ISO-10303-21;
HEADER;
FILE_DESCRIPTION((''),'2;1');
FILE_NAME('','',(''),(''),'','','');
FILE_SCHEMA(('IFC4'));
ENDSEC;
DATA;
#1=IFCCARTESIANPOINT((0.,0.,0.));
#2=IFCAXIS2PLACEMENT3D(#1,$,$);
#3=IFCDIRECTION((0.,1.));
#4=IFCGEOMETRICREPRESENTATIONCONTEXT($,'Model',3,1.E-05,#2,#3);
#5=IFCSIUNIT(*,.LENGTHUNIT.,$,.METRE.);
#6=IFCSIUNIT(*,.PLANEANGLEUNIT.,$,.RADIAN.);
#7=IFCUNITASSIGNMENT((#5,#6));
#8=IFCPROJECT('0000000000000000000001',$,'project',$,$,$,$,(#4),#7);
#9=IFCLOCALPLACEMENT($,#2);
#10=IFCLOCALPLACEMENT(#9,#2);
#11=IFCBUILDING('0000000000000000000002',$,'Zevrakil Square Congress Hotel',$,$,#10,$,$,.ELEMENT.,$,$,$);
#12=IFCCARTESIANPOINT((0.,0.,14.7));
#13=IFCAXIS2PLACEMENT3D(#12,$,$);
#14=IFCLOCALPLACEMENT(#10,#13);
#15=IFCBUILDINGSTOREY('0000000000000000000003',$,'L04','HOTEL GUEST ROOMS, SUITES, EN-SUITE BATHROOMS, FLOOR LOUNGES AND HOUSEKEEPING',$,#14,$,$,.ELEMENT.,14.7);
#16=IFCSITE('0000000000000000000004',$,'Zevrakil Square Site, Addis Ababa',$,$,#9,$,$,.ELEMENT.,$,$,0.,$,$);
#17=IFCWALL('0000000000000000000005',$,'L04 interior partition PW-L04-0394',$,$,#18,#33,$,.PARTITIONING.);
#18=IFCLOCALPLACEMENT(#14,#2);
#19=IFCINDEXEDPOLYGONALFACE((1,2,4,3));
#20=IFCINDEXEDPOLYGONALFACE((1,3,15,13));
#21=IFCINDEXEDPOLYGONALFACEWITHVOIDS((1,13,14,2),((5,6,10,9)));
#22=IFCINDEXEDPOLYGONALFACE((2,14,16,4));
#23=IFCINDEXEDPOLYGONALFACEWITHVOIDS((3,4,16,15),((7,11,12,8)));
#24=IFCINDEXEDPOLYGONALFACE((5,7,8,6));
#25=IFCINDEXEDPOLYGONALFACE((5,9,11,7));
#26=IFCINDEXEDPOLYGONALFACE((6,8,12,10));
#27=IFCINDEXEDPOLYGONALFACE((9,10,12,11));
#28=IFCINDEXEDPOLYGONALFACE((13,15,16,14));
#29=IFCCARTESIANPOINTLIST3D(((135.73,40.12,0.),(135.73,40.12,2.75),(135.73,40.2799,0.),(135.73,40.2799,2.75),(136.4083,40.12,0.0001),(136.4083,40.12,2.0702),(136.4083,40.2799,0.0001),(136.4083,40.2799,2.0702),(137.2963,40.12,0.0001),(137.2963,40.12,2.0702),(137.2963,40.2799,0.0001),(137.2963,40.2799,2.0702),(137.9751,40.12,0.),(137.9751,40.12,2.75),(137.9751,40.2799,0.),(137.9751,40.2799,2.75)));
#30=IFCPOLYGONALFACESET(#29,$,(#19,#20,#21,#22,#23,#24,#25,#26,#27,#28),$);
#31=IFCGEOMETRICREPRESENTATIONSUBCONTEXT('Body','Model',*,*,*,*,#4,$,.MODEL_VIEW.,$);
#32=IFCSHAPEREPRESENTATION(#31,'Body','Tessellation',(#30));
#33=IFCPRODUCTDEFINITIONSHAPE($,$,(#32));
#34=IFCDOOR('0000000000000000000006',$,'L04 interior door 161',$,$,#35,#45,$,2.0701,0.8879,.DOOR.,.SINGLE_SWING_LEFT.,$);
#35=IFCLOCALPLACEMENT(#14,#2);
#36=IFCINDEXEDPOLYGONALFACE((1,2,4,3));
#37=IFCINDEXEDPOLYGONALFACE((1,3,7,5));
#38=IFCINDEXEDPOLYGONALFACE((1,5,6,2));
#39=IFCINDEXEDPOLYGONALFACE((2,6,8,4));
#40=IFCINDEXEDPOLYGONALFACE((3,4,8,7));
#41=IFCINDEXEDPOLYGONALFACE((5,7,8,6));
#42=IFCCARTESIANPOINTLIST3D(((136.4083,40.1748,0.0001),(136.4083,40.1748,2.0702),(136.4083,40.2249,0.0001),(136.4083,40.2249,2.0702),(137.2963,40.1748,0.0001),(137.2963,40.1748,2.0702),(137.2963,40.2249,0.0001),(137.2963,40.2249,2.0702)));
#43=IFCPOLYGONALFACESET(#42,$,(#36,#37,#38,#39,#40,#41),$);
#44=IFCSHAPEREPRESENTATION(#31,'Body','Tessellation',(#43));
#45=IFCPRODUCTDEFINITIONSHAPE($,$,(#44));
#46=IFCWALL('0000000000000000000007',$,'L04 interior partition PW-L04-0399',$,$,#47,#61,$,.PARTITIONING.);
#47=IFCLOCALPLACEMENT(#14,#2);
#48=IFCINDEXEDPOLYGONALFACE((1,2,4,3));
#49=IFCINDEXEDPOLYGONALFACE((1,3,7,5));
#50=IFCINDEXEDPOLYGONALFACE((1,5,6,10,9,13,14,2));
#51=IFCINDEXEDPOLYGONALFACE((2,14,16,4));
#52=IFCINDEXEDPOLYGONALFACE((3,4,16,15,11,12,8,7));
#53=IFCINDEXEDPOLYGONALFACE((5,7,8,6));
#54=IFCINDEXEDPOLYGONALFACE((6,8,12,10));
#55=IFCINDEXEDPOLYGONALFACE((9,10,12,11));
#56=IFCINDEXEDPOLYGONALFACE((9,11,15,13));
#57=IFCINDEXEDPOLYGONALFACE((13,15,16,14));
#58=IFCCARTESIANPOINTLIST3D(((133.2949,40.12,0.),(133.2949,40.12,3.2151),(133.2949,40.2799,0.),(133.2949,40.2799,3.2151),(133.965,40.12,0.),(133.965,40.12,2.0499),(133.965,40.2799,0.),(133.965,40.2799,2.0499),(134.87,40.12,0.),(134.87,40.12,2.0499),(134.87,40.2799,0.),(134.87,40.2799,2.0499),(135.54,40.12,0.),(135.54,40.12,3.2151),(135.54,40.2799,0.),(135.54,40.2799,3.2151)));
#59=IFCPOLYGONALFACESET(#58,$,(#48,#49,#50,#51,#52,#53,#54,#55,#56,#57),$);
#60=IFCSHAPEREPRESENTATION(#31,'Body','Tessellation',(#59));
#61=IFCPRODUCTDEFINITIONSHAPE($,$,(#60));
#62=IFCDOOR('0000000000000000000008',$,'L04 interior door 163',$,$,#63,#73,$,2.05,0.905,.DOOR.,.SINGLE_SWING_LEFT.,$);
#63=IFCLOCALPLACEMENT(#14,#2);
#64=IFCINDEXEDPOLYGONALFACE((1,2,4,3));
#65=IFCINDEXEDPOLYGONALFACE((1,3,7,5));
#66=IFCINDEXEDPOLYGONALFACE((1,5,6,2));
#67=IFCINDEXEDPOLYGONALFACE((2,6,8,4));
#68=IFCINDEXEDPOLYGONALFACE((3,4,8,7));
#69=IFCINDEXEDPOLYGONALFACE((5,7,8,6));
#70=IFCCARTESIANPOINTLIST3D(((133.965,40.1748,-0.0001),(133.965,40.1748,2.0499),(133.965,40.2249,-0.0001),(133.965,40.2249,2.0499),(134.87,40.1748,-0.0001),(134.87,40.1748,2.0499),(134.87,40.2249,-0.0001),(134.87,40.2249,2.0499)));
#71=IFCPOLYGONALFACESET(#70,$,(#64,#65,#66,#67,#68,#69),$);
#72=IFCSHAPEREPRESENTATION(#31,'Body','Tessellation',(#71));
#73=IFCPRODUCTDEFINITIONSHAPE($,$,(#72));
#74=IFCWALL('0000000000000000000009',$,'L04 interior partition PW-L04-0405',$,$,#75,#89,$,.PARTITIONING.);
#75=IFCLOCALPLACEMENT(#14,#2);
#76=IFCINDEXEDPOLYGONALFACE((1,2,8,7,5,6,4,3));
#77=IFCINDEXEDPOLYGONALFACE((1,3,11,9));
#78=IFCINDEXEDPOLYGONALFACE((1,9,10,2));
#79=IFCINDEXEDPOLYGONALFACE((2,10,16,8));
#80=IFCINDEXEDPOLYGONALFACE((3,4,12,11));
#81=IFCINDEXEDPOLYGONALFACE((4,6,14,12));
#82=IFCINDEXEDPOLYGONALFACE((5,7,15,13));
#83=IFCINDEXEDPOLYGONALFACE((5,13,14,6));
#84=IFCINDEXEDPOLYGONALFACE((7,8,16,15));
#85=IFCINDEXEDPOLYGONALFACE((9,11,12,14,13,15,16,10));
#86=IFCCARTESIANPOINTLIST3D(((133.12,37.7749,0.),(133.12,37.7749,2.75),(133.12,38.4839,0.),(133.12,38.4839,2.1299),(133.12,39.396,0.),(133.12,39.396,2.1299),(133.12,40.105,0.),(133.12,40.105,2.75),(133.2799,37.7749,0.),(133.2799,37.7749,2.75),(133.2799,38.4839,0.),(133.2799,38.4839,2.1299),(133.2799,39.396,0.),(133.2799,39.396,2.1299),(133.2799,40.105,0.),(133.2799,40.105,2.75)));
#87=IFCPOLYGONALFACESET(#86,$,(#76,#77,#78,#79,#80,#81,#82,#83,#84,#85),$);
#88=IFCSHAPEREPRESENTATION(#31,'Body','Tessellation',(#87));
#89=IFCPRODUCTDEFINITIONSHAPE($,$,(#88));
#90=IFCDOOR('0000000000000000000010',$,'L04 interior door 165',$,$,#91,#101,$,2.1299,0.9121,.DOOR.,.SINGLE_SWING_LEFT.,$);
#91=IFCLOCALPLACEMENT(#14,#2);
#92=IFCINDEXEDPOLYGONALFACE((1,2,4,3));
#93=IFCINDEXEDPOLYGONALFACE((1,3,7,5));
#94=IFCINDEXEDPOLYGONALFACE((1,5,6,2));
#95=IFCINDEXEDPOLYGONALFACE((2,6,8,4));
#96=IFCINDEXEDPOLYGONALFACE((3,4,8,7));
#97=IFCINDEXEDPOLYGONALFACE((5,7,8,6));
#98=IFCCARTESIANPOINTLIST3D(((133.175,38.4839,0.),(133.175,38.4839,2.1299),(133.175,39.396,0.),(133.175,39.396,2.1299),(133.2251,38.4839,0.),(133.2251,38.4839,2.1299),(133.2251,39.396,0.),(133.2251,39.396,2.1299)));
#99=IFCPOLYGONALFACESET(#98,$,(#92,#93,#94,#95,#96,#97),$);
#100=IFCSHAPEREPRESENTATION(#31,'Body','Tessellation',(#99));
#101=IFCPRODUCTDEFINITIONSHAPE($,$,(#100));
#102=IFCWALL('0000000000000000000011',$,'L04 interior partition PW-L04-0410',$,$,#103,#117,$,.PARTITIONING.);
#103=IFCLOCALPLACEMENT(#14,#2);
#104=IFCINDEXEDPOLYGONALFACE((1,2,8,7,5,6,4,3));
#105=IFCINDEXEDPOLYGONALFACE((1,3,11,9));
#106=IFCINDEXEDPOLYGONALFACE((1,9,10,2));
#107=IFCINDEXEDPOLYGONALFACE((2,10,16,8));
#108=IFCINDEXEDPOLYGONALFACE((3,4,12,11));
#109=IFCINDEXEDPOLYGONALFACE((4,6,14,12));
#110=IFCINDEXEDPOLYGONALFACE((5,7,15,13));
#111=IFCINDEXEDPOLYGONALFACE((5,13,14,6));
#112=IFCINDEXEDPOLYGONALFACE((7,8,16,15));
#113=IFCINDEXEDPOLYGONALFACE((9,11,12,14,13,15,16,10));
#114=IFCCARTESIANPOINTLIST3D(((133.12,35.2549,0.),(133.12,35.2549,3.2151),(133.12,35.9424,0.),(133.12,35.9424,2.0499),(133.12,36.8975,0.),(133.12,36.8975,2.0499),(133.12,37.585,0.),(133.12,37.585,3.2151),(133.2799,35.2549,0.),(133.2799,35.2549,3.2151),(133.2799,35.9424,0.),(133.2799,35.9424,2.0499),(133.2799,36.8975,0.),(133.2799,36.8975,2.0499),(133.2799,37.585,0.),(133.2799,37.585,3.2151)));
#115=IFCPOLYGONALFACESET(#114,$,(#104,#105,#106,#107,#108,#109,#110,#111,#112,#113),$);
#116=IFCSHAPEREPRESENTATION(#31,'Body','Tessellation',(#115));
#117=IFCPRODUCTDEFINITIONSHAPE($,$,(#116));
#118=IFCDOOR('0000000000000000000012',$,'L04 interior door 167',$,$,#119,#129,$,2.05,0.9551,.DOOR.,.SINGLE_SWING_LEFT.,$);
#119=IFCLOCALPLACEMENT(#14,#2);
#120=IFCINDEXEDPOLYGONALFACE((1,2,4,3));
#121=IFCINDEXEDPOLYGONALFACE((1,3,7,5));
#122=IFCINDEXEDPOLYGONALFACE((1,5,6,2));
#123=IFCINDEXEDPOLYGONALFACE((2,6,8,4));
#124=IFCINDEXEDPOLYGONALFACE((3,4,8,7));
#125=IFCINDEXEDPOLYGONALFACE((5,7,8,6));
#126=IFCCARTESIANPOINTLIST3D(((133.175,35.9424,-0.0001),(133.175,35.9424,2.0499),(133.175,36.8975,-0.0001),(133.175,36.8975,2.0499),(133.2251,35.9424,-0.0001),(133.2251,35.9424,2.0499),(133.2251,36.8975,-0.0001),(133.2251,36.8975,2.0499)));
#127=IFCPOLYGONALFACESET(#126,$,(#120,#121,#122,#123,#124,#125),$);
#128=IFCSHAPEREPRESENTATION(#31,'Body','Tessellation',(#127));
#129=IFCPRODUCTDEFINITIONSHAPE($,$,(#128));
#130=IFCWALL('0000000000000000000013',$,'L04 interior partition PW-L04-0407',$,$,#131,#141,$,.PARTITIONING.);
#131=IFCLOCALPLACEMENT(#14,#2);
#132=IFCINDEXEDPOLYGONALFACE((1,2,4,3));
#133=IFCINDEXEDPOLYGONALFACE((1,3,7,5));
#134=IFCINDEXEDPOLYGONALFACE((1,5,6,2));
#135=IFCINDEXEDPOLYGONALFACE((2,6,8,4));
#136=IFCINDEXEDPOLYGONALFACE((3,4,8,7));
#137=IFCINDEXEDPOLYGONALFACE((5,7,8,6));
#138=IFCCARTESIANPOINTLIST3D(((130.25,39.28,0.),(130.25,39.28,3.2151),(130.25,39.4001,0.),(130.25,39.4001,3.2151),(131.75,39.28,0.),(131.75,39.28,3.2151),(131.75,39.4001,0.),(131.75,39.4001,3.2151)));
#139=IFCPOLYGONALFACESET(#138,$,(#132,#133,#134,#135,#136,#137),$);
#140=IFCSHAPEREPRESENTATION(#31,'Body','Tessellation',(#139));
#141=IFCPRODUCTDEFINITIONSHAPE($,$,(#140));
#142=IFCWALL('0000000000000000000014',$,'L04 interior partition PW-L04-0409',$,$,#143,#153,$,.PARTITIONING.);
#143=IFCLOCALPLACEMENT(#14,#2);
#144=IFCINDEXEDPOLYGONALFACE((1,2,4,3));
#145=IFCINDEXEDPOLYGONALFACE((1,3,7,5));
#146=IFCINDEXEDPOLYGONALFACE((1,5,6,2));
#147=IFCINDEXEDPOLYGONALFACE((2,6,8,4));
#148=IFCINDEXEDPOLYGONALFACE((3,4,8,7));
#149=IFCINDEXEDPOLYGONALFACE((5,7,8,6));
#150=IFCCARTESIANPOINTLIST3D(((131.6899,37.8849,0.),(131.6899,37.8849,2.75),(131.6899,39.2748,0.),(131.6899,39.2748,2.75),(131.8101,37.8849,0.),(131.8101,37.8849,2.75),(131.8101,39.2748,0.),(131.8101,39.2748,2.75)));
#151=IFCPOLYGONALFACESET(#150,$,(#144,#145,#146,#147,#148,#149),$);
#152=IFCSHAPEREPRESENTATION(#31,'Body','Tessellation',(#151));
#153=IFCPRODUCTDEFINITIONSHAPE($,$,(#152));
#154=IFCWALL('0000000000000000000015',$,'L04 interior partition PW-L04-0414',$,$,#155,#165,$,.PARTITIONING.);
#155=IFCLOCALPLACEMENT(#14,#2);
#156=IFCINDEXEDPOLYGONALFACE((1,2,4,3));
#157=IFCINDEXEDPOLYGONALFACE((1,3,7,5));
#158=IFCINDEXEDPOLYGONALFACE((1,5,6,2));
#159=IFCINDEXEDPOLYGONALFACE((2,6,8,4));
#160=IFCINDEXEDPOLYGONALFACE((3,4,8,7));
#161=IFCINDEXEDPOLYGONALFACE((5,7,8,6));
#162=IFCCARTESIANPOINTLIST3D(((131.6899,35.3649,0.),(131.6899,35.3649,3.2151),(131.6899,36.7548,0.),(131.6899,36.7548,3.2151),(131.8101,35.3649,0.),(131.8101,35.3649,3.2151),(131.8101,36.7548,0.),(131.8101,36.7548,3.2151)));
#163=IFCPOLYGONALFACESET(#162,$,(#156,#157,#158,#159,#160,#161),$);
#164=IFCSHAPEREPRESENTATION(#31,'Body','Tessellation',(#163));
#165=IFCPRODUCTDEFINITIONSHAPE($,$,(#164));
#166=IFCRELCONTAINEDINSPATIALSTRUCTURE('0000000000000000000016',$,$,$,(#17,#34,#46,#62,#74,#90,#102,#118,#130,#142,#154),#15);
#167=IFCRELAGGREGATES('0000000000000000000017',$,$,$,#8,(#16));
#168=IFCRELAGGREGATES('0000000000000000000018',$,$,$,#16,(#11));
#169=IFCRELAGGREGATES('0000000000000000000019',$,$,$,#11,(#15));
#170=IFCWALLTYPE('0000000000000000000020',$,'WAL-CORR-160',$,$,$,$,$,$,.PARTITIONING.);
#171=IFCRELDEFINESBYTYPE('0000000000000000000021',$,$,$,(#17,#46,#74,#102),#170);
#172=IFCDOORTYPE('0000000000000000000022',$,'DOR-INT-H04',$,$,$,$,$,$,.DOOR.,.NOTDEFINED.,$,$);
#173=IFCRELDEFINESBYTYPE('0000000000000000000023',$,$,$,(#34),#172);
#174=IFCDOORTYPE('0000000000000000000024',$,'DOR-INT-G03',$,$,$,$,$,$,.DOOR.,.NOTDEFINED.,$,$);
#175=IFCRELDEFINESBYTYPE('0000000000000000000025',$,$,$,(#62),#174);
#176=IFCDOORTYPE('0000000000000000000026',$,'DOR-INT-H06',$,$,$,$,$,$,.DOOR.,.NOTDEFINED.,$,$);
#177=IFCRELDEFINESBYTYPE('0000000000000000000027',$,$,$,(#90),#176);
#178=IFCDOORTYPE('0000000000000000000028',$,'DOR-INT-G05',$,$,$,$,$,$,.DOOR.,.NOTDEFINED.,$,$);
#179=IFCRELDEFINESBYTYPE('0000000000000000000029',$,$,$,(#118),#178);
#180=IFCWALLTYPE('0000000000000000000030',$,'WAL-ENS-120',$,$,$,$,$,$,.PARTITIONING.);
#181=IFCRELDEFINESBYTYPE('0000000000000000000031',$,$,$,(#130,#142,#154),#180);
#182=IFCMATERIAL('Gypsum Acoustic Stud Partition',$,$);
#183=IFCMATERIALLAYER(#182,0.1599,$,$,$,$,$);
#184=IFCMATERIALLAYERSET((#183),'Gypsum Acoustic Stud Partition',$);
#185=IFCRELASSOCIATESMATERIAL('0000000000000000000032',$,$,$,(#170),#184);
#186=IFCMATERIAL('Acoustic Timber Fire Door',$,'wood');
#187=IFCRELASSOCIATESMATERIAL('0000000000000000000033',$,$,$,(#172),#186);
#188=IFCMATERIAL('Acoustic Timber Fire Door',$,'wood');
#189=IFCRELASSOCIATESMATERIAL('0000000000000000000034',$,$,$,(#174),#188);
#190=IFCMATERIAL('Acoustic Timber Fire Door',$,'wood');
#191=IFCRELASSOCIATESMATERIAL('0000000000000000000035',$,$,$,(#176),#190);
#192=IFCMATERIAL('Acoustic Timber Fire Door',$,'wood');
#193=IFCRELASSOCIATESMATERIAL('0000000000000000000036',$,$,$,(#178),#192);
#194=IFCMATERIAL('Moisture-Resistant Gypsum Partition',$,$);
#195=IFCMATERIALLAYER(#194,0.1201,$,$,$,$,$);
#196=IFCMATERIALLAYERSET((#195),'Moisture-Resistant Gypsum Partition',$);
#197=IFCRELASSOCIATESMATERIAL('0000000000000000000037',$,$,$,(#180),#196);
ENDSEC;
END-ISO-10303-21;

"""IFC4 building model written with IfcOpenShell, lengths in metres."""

from ifc_helpers import new_model, si_unit, direction, frame, frame_2d, origin, place, context, subcontext, project, spatial, rectangle, extrude, material, layer, layer_set, type_object, element, fill, save


model = new_model("IFC4")

# Units and contexts
model_context = context("Model", 3, precision=1e-05, world=origin(), true_north=direction((0.0, 1.0)))
body_context = subcontext(model_context, "Body", "Model", "MODEL_VIEW")
ifc_project = project(units=[si_unit("LENGTHUNIT", "METRE"), si_unit("PLANEANGLEUNIT", "RADIAN")], contexts=[model_context])

# Site, building, storey
site_placement = place(None, origin())
site = spatial("IfcSite", under=ifc_project, at=site_placement, Name="Zevrakil Square Site, Addis Ababa", CompositionType="ELEMENT", RefElevation=0.0)
building_placement = place(site_placement, origin())
building = spatial("IfcBuilding", under=site, at=building_placement, Name="Zevrakil Square Congress Hotel", CompositionType="ELEMENT")
storey_placement = place(building_placement, frame((0.0, 0.0, 14.7)))
storey = spatial("IfcBuildingStorey", under=building, at=storey_placement, Name="L04", Description="HOTEL GUEST ROOMS, SUITES, EN-SUITE BATHROOMS, FLOOR LOUNGES AND HOUSEKEEPING", CompositionType="ELEMENT", Elevation=14.7)

# Shared definitions
ifc_material_1 = material(Name="Gypsum Acoustic Stud Partition")
ifc_layer_1 = layer(ifc_material_1, 0.1599)
ifc_layer_set_1 = layer_set([ifc_layer_1], Name="Gypsum Acoustic Stud Partition")
wall_type_1 = type_object("IfcWallType", Name="WAL-CORR-160", PredefinedType="PARTITIONING", material=ifc_layer_set_1)

# Walls, openings, doors
wall_1_placement = place(storey_placement, frame((135.73, 40.2, 0.0), z_axis=(0.0, 0.0, 1.0), x_axis=(1.0, 0.0, 0.0)))
wall_1 = element("IfcWall", 1, at=wall_1_placement, inside=storey, type_object=wall_type_1, Name="L04 interior partition PW-L04-0394", PredefinedType="PARTITIONING", context=body_context, shape_type="SweptSolid", body=[
    extrude(rectangle(XDim=2.2451, YDim=0.1599, at=frame_2d((1.1226, 0.0))), origin(), (0.0, 0.0, 1.0), 2.75),
])
opening_1_placement = place(wall_1_placement, frame((0.6785, 0.0, 0.0)))
opening_1 = element("IfcOpeningElement", 2, at=opening_1_placement, cuts=wall_1, PredefinedType="OPENING", context=body_context, shape_type="SweptSolid", body=[
    extrude(rectangle(XDim=0.8879, YDim=2.0701, at=frame_2d((0.4438, 1.0352))), frame((0.0, 0.0898, 0.0), z_axis=(0.0, -1.0, 0.0), x_axis=(1.0, 0.0, 0.0)), (0.0, 0.0, 1.0), 0.1799),
])
ifc_material_2 = material(Name="Acoustic Timber Fire Door", Category="wood")
door_type_1 = type_object("IfcDoorType", Name="DOR-INT-H04", OperationType="NOTDEFINED", PredefinedType="DOOR", material=ifc_material_2)
door_1_placement = place(opening_1_placement, origin())
door_1 = element("IfcDoor", 3, at=door_1_placement, inside=storey, type_object=door_type_1, Name="L04 interior door 161", OperationType="SINGLE_SWING_LEFT", OverallHeight=2.0701, OverallWidth=0.8879, PredefinedType="DOOR", context=body_context, shape_type="SweptSolid", body=[
    extrude(rectangle(XDim=0.8879, YDim=2.0701, at=frame_2d((0.4438, 1.0352))), frame((0.0, 0.0249, 0.0), z_axis=(0.0, -1.0, 0.0), x_axis=(1.0, 0.0, 0.0)), (0.0, 0.0, 1.0), 0.05),
])
fill(opening_1, door_1)
wall_2_placement = place(storey_placement, frame((133.2949, 40.2, 0.0), z_axis=(0.0, 0.0, 1.0), x_axis=(1.0, 0.0, 0.0)))
wall_2 = element("IfcWall", 4, at=wall_2_placement, inside=storey, type_object=wall_type_1, Name="L04 interior partition PW-L04-0399", PredefinedType="PARTITIONING", context=body_context, shape_type="SweptSolid", body=[
    extrude(rectangle(XDim=2.2451, YDim=0.1599, at=frame_2d((1.1226, 0.0))), origin(), (0.0, 0.0, 1.0), 3.2151),
])
opening_2_placement = place(wall_2_placement, frame((0.6699, 0.0, 0.0)))
opening_2 = element("IfcOpeningElement", 5, at=opening_2_placement, cuts=wall_2, PredefinedType="OPENING", context=body_context, shape_type="SweptSolid", body=[
    extrude(rectangle(XDim=0.905, YDim=2.05, at=frame_2d((0.4526, 1.0249))), frame((0.0, 0.0898, 0.0), z_axis=(0.0, -1.0, 0.0), x_axis=(1.0, 0.0, 0.0)), (0.0, 0.0, 1.0), 0.1799),
])
ifc_material_3 = material(Name="Acoustic Timber Fire Door", Category="wood")
door_type_2 = type_object("IfcDoorType", Name="DOR-INT-G03", OperationType="NOTDEFINED", PredefinedType="DOOR", material=ifc_material_3)
door_2_placement = place(opening_2_placement, origin())
door_2 = element("IfcDoor", 6, at=door_2_placement, inside=storey, type_object=door_type_2, Name="L04 interior door 163", OperationType="SINGLE_SWING_LEFT", OverallHeight=2.05, OverallWidth=0.905, PredefinedType="DOOR", context=body_context, shape_type="SweptSolid", body=[
    extrude(rectangle(XDim=0.905, YDim=2.05, at=frame_2d((0.4526, 1.0249))), frame((0.0, 0.0249, 0.0), z_axis=(0.0, -1.0, 0.0), x_axis=(1.0, 0.0, 0.0)), (0.0, 0.0, 1.0), 0.05),
])
fill(opening_2, door_2)
wall_3_placement = place(storey_placement, frame((133.2, 37.7749, 0.0), z_axis=(0.0, 0.0, 1.0), x_axis=(0.0, 1.0, 0.0)))
wall_3 = element("IfcWall", 7, at=wall_3_placement, inside=storey, type_object=wall_type_1, Name="L04 interior partition PW-L04-0405", PredefinedType="PARTITIONING", context=body_context, shape_type="SweptSolid", body=[
    extrude(rectangle(XDim=2.3301, YDim=0.1599, at=frame_2d((1.165, 0.0))), origin(), (0.0, 0.0, 1.0), 2.75),
])
opening_3_placement = place(wall_3_placement, frame((0.709, 0.0, 0.0)))
opening_3 = element("IfcOpeningElement", 8, at=opening_3_placement, cuts=wall_3, PredefinedType="OPENING", context=body_context, shape_type="SweptSolid", body=[
    extrude(rectangle(XDim=0.9121, YDim=2.1299, at=frame_2d((0.4561, 1.0649))), frame((0.0, 0.0898, 0.0), z_axis=(0.0, -1.0, 0.0), x_axis=(1.0, 0.0, 0.0)), (0.0, 0.0, 1.0), 0.1799),
])
ifc_material_4 = material(Name="Acoustic Timber Fire Door", Category="wood")
door_type_3 = type_object("IfcDoorType", Name="DOR-INT-H06", OperationType="NOTDEFINED", PredefinedType="DOOR", material=ifc_material_4)
door_3_placement = place(opening_3_placement, origin())
door_3 = element("IfcDoor", 9, at=door_3_placement, inside=storey, type_object=door_type_3, Name="L04 interior door 165", OperationType="SINGLE_SWING_LEFT", OverallHeight=2.1299, OverallWidth=0.9121, PredefinedType="DOOR", context=body_context, shape_type="SweptSolid", body=[
    extrude(rectangle(XDim=0.9121, YDim=2.1299, at=frame_2d((0.4561, 1.0649))), frame((0.0, 0.0249, 0.0), z_axis=(0.0, -1.0, 0.0), x_axis=(1.0, 0.0, 0.0)), (0.0, 0.0, 1.0), 0.05),
])
fill(opening_3, door_3)
wall_4_placement = place(storey_placement, frame((133.2, 35.2549, 0.0), z_axis=(0.0, 0.0, 1.0), x_axis=(0.0, 1.0, 0.0)))
wall_4 = element("IfcWall", 10, at=wall_4_placement, inside=storey, type_object=wall_type_1, Name="L04 interior partition PW-L04-0410", PredefinedType="PARTITIONING", context=body_context, shape_type="SweptSolid", body=[
    extrude(rectangle(XDim=2.3301, YDim=0.1599, at=frame_2d((1.165, 0.0))), origin(), (0.0, 0.0, 1.0), 3.2151),
])
opening_4_placement = place(wall_4_placement, frame((0.6875, 0.0, 0.0)))
opening_4 = element("IfcOpeningElement", 11, at=opening_4_placement, cuts=wall_4, PredefinedType="OPENING", context=body_context, shape_type="SweptSolid", body=[
    extrude(rectangle(XDim=0.9551, YDim=2.05, at=frame_2d((0.4775, 1.0249))), frame((0.0, 0.0898, 0.0), z_axis=(0.0, -1.0, 0.0), x_axis=(1.0, 0.0, 0.0)), (0.0, 0.0, 1.0), 0.1799),
])
ifc_material_5 = material(Name="Acoustic Timber Fire Door", Category="wood")
door_type_4 = type_object("IfcDoorType", Name="DOR-INT-G05", OperationType="NOTDEFINED", PredefinedType="DOOR", material=ifc_material_5)
door_4_placement = place(opening_4_placement, origin())
door_4 = element("IfcDoor", 12, at=door_4_placement, inside=storey, type_object=door_type_4, Name="L04 interior door 167", OperationType="SINGLE_SWING_LEFT", OverallHeight=2.05, OverallWidth=0.9551, PredefinedType="DOOR", context=body_context, shape_type="SweptSolid", body=[
    extrude(rectangle(XDim=0.9551, YDim=2.05, at=frame_2d((0.4775, 1.0249))), frame((0.0, 0.0249, 0.0), z_axis=(0.0, -1.0, 0.0), x_axis=(1.0, 0.0, 0.0)), (0.0, 0.0, 1.0), 0.05),
])
fill(opening_4, door_4)

# Walls
ifc_material_6 = material(Name="Moisture-Resistant Gypsum Partition")
ifc_layer_2 = layer(ifc_material_6, 0.1201)
ifc_layer_set_2 = layer_set([ifc_layer_2], Name="Moisture-Resistant Gypsum Partition")
wall_type_2 = type_object("IfcWallType", Name="WAL-ENS-120", PredefinedType="PARTITIONING", material=ifc_layer_set_2)
wall_5_placement = place(storey_placement, frame((130.25, 39.3401, 0.0), z_axis=(0.0, 0.0, 1.0), x_axis=(1.0, 0.0, 0.0)))
element("IfcWall", 13, at=wall_5_placement, inside=storey, type_object=wall_type_2, Name="L04 interior partition PW-L04-0407", PredefinedType="PARTITIONING", context=body_context, shape_type="SweptSolid", body=[
    extrude(rectangle(XDim=1.5, YDim=0.1201, at=frame_2d((0.75, 0.0))), origin(), (0.0, 0.0, 1.0), 3.2151),
])
wall_6_placement = place(storey_placement, frame((131.75, 37.885, 0.0), z_axis=(0.0, 0.0, 1.0), x_axis=(0.0, 1.0, 0.0)))
element("IfcWall", 14, at=wall_6_placement, inside=storey, type_object=wall_type_2, Name="L04 interior partition PW-L04-0409", PredefinedType="PARTITIONING", context=body_context, shape_type="SweptSolid", body=[
    extrude(rectangle(XDim=1.3899, YDim=0.1201, at=frame_2d((0.6948, 0.0))), origin(), (0.0, 0.0, 1.0), 2.75),
])
wall_7_placement = place(storey_placement, frame((131.75, 35.365, 0.0), z_axis=(0.0, 0.0, 1.0), x_axis=(0.0, 1.0, 0.0)))
element("IfcWall", 15, at=wall_7_placement, inside=storey, type_object=wall_type_2, Name="L04 interior partition PW-L04-0414", PredefinedType="PARTITIONING", context=body_context, shape_type="SweptSolid", body=[
    extrude(rectangle(XDim=1.3899, YDim=0.1201, at=frame_2d((0.6948, 0.0))), origin(), (0.0, 0.0, 1.0), 3.2151),
])

save(model, "model.ifc")
